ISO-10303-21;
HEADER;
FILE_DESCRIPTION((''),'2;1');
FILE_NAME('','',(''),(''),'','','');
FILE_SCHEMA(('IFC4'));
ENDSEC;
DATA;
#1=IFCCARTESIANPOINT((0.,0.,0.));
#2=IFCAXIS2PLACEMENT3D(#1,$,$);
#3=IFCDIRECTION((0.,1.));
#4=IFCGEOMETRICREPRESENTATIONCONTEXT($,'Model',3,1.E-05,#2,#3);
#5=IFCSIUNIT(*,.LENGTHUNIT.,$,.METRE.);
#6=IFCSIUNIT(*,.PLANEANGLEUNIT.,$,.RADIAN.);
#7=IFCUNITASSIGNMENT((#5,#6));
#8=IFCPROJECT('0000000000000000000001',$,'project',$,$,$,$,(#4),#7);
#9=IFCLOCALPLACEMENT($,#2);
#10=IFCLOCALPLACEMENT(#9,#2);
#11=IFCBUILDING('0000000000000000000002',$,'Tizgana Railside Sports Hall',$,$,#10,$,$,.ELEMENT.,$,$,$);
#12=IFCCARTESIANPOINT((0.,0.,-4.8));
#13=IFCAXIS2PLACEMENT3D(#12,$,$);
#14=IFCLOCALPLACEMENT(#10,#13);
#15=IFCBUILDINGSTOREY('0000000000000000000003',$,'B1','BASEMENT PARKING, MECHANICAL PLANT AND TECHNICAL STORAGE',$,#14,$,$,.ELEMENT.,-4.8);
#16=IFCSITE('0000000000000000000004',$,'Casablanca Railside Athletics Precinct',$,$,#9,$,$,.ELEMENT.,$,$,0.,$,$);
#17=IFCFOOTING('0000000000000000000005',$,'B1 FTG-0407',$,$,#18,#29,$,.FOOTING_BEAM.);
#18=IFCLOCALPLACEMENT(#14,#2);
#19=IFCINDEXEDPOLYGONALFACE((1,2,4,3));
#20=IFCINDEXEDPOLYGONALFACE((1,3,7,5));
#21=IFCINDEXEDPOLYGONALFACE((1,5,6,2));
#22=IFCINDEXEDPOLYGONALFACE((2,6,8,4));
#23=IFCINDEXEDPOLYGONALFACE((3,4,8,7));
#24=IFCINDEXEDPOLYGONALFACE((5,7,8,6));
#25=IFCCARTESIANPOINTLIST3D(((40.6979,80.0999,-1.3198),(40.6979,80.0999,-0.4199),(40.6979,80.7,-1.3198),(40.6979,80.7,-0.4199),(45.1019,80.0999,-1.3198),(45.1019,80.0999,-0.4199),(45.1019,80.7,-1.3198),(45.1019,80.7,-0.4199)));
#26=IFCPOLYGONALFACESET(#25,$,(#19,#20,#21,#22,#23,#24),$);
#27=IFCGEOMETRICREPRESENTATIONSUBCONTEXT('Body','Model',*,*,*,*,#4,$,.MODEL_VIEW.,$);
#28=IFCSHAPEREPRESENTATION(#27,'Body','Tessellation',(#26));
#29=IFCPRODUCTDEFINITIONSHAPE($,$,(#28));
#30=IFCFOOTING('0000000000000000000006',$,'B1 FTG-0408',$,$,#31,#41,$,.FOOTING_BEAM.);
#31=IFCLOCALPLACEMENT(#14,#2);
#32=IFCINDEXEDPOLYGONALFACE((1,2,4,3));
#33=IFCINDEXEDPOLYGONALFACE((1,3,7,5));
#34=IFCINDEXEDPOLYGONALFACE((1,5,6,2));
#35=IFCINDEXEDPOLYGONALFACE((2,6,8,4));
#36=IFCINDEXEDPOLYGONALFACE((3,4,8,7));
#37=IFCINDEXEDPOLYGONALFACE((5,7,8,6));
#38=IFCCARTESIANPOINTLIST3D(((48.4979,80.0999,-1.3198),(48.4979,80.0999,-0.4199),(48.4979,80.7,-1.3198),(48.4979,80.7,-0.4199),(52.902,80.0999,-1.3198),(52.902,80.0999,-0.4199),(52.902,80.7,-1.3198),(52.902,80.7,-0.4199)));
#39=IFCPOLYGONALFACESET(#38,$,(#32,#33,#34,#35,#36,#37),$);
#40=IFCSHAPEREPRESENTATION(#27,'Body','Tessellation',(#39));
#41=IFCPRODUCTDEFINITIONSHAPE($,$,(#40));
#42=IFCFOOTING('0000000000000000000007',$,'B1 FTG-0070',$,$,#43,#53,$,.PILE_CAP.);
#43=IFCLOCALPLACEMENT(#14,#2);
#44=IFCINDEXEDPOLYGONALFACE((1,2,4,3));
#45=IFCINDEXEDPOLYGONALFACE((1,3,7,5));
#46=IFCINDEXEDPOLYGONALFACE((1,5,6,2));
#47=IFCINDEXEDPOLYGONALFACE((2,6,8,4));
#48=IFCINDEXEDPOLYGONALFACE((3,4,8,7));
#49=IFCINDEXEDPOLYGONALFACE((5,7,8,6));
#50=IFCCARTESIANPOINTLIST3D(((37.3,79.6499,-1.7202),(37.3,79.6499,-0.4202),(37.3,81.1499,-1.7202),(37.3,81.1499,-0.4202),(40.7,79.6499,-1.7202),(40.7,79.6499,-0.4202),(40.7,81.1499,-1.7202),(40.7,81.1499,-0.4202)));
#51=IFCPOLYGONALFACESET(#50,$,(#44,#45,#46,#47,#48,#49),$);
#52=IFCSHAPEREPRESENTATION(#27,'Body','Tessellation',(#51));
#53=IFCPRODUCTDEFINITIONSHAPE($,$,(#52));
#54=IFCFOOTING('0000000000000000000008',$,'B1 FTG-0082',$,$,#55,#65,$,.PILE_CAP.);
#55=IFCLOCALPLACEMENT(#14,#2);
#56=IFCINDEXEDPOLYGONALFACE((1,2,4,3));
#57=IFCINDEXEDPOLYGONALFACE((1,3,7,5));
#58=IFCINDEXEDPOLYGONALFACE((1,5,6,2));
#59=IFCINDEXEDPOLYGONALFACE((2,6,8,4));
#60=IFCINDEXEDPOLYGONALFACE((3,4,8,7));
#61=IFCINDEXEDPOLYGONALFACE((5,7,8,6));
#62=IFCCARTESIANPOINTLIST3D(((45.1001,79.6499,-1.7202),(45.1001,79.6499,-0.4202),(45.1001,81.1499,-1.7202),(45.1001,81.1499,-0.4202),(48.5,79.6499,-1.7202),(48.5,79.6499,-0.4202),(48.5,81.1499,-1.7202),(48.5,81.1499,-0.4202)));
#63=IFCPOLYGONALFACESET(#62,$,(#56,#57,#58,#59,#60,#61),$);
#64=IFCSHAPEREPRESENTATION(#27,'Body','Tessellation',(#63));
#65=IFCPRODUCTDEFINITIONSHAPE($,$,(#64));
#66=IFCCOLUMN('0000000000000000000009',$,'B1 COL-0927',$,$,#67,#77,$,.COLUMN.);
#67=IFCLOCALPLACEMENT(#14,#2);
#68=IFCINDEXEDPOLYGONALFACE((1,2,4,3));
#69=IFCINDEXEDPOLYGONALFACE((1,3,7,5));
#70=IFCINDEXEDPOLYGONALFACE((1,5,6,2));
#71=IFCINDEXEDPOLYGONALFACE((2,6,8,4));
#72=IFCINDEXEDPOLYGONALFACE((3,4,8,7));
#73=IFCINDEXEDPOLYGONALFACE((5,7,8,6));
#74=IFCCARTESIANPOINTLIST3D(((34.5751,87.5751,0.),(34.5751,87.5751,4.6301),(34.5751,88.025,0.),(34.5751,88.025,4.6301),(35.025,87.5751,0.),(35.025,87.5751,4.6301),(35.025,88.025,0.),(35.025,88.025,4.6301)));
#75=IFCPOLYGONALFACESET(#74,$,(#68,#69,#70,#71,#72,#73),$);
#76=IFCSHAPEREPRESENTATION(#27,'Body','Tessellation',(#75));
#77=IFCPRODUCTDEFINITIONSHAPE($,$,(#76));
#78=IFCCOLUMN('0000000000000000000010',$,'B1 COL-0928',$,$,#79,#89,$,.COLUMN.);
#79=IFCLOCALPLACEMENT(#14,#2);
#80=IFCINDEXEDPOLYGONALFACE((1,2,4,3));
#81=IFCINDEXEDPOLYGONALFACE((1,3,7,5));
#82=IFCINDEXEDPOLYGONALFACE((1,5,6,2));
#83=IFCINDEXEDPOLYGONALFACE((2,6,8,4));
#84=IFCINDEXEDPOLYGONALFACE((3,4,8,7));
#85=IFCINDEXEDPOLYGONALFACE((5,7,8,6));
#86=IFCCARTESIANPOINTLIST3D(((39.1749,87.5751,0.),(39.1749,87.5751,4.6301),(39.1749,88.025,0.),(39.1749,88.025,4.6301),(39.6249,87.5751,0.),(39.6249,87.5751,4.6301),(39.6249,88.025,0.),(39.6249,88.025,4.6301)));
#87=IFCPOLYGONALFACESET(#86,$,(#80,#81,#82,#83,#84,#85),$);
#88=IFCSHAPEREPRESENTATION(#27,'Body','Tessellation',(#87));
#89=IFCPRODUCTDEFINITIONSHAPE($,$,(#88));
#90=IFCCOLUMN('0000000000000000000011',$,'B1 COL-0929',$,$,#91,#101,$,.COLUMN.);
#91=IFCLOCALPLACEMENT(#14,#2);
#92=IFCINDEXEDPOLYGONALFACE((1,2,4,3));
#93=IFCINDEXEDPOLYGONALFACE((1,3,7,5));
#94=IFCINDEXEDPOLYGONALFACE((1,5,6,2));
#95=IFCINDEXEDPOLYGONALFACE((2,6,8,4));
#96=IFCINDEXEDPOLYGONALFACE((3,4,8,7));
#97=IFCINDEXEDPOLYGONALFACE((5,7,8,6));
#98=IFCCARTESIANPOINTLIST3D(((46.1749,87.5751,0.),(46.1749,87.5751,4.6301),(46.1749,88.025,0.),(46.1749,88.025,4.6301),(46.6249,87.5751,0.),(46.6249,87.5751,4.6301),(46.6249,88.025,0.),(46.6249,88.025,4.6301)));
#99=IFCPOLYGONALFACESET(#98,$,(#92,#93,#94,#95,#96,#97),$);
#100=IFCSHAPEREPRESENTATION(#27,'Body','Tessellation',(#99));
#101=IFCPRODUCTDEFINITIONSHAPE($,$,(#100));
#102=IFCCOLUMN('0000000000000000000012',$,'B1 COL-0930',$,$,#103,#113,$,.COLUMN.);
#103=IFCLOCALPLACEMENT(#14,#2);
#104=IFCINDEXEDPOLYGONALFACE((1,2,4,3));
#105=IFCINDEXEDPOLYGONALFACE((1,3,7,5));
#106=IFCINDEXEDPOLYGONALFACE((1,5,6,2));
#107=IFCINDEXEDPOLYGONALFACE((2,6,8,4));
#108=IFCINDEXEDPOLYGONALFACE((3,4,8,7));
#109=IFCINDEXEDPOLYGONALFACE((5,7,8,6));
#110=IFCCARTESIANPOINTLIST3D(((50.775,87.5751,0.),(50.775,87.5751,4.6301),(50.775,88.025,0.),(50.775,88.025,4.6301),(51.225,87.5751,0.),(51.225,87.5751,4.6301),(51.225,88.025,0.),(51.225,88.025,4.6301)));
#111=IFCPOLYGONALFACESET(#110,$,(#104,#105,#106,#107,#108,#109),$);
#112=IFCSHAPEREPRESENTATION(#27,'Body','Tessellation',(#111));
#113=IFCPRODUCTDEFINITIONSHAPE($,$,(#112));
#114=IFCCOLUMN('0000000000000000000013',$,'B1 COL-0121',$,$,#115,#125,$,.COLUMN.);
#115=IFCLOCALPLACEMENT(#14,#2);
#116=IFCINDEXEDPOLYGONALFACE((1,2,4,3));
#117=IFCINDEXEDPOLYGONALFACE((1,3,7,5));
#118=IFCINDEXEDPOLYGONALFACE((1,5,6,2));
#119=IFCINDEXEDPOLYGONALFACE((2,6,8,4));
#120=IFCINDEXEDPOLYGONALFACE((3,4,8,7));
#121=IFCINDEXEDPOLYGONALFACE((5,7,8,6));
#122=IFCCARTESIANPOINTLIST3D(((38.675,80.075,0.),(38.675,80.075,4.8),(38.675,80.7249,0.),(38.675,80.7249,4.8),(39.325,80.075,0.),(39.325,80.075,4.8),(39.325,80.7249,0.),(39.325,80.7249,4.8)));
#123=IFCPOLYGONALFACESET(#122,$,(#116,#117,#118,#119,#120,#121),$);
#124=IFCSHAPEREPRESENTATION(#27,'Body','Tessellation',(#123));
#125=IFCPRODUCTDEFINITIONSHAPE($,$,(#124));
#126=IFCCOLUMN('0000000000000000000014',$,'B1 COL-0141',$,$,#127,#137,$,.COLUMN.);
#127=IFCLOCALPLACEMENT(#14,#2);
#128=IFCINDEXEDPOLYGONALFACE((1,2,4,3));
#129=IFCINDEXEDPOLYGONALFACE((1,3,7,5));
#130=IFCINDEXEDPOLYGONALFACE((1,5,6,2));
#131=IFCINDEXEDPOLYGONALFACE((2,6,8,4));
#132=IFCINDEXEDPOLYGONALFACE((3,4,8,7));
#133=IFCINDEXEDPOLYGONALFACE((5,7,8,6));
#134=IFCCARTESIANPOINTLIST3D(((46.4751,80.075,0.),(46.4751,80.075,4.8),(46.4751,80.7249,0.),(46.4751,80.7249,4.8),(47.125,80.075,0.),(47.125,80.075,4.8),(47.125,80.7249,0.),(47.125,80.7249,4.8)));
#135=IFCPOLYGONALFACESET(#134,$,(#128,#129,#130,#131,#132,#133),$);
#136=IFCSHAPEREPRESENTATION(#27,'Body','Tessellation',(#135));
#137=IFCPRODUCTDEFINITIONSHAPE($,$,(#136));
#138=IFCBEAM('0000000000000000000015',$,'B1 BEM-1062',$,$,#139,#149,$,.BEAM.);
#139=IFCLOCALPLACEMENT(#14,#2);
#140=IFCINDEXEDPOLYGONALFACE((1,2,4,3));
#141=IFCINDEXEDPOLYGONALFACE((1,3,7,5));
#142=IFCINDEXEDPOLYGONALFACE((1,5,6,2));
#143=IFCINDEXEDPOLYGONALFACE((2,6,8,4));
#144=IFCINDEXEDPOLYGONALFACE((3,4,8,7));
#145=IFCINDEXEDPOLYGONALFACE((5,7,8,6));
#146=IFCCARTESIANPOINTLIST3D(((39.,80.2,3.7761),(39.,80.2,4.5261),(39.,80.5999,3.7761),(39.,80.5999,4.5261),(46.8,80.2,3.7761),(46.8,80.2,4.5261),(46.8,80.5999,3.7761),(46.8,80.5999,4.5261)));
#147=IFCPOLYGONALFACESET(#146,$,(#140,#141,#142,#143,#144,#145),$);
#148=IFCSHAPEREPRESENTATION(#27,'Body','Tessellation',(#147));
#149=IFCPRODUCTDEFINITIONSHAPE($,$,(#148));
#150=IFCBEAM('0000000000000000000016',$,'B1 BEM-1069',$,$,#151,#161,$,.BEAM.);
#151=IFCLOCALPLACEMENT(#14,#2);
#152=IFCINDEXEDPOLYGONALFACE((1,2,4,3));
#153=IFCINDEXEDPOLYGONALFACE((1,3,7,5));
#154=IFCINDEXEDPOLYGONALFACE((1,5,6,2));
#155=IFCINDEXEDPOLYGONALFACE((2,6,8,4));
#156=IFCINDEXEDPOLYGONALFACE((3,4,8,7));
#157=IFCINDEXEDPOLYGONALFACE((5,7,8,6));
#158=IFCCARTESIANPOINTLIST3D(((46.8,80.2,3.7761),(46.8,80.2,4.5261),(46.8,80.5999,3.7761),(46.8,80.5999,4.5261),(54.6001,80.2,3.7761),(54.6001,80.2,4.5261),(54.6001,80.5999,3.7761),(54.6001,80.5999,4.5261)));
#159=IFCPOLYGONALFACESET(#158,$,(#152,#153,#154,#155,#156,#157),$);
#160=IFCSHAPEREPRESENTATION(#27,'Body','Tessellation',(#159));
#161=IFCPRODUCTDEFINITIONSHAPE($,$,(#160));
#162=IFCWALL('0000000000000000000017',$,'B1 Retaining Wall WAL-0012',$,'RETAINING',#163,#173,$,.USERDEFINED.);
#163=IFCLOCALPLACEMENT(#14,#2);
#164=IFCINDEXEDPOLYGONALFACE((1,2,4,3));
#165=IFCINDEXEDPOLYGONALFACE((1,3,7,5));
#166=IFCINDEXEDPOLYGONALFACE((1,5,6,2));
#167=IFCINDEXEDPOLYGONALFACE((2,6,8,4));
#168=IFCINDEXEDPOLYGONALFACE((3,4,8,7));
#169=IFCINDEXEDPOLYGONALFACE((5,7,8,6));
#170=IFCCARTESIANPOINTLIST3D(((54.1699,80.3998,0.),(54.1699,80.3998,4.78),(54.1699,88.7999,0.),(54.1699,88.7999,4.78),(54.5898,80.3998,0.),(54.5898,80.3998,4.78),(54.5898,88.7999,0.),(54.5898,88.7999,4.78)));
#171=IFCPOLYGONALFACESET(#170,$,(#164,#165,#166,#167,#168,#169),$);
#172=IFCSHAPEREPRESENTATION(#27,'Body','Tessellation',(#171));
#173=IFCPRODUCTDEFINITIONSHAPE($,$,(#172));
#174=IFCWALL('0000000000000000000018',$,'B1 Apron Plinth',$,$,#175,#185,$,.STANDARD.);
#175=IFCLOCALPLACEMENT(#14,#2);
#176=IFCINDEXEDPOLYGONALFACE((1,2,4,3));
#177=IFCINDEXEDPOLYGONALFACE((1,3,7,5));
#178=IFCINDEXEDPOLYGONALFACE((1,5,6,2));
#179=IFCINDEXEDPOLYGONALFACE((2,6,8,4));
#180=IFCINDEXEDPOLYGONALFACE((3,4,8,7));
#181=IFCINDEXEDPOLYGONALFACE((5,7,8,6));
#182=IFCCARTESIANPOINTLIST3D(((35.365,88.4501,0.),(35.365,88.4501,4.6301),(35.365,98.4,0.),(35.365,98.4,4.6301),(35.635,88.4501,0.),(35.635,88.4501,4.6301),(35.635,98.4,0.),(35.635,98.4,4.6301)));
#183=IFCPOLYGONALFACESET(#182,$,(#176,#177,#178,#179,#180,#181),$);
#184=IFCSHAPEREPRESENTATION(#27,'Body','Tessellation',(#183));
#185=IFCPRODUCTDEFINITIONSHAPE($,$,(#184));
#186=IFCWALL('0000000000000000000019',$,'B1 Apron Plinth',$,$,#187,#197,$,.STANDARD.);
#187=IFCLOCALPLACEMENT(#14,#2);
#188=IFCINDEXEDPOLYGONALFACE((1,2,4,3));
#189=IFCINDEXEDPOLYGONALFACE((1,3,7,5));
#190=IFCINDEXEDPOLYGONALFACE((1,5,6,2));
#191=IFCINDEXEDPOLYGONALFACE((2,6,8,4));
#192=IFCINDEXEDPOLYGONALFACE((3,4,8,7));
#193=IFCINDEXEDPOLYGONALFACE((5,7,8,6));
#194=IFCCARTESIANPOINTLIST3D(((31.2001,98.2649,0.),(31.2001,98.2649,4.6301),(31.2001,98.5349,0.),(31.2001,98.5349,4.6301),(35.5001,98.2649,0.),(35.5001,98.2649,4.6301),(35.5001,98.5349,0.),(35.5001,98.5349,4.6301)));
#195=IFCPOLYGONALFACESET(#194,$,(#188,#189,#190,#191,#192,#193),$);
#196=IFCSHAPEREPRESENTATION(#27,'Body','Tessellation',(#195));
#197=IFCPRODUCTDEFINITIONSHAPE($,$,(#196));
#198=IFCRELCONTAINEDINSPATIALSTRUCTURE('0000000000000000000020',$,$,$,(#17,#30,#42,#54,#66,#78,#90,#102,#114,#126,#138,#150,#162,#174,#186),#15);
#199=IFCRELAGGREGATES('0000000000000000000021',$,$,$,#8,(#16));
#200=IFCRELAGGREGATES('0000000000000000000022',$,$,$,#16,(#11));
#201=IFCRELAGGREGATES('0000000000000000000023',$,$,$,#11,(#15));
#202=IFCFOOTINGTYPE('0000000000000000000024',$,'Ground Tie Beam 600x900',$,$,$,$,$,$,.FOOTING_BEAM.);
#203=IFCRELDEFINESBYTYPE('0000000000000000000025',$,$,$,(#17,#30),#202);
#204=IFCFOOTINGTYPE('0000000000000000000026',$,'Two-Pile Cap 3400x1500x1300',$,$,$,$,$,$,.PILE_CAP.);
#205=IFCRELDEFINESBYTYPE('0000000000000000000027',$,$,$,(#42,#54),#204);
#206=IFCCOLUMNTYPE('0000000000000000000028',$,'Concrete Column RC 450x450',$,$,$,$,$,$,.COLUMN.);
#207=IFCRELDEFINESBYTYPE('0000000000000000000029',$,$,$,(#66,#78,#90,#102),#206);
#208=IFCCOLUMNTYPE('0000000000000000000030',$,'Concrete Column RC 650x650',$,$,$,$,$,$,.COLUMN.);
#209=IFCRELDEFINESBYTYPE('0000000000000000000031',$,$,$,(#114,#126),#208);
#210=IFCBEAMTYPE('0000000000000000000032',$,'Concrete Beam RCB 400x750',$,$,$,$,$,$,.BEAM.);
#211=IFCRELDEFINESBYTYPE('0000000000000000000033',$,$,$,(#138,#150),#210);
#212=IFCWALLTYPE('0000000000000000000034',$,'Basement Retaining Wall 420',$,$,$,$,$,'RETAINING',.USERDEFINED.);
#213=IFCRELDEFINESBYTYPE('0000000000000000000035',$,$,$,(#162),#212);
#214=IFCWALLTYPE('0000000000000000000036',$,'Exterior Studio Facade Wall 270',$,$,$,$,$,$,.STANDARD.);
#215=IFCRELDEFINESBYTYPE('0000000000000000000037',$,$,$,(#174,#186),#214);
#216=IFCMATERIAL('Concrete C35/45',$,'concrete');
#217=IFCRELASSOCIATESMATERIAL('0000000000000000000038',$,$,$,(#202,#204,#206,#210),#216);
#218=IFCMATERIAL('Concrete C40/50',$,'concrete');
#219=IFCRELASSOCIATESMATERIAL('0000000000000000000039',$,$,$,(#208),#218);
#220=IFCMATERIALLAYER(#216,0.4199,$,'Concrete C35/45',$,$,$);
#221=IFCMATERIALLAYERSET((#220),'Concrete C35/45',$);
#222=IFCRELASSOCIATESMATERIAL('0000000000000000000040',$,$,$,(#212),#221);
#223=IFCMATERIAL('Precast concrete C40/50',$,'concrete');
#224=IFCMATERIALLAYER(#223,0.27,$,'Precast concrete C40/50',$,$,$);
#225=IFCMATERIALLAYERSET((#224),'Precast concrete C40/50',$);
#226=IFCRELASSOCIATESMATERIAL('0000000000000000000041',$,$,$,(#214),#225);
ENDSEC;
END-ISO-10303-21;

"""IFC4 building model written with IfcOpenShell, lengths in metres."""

from ifc_helpers import new_model, si_unit, direction, frame, frame_2d, origin, origin_2d, place, context, subcontext, project, spatial, rectangle, extrude, material, layer, layer_set, material_profile, profile_set, type_object, element, save


model = new_model("IFC4")

# Units and contexts
model_context = context("Model", 3, precision=1e-05, world=origin(), true_north=direction((0.0, 1.0)))
body_context = subcontext(model_context, "Body", "Model", "MODEL_VIEW")
ifc_project = project(units=[si_unit("LENGTHUNIT", "METRE"), si_unit("PLANEANGLEUNIT", "RADIAN")], contexts=[model_context])

# Site, building, storey
site_placement = place(None, origin())
site = spatial("IfcSite", under=ifc_project, at=site_placement, Name="Casablanca Railside Athletics Precinct", CompositionType="ELEMENT", RefElevation=0.0)
building_placement = place(site_placement, origin())
building = spatial("IfcBuilding", under=site, at=building_placement, Name="Tizgana Railside Sports Hall", CompositionType="ELEMENT")
storey_placement = place(building_placement, frame((0.0, 0.0, -4.8)))
storey = spatial("IfcBuildingStorey", under=building, at=storey_placement, Name="B1", Description="BASEMENT PARKING, MECHANICAL PLANT AND TECHNICAL STORAGE", CompositionType="ELEMENT", Elevation=-4.8)

# Shared definitions
ifc_material_1 = material(Name="Concrete C35/45", Category="concrete")

# Footings
footing_type_1 = type_object("IfcFootingType", Name="Ground Tie Beam 600x900", PredefinedType="FOOTING_BEAM", material=ifc_material_1)
for number, where, z_axis, x_axis, name in (
    (1, (42.8999, 80.3999, -1.3198), (0.0, 0.0, 1.0), (1.0, 0.0, 0.0), "B1 FTG-0407"),
    (2, (50.7, 80.3999, -1.3198), (0.0, 0.0, 1.0), (1.0, 0.0, 0.0), "B1 FTG-0408"),
):
    element("IfcFooting", number, at=place(storey_placement, frame(where, z_axis=z_axis, x_axis=x_axis)), inside=storey, type_object=footing_type_1, Name=name, PredefinedType="FOOTING_BEAM", context=body_context, shape_type="SweptSolid", body=[
        extrude(rectangle(XDim=4.4041, YDim=0.6001, at=origin_2d()), origin(), (0.0, 0.0, 1.0), 0.8999),
    ])
footing_type_2 = type_object("IfcFootingType", Name="Two-Pile Cap 3400x1500x1300", PredefinedType="PILE_CAP", material=ifc_material_1)
for number, where, z_axis, x_axis, name in (
    (3, (39.0, 80.3999, -1.7202), (0.0, 0.0, 1.0), (1.0, 0.0, 0.0), "B1 FTG-0070"),
    (4, (46.8, 80.3999, -1.7202), (0.0, 0.0, 1.0), (1.0, 0.0, 0.0), "B1 FTG-0082"),
):
    element("IfcFooting", number, at=place(storey_placement, frame(where, z_axis=z_axis, x_axis=x_axis)), inside=storey, type_object=footing_type_2, Name=name, PredefinedType="PILE_CAP", context=body_context, shape_type="SweptSolid", body=[
        extrude(rectangle(XDim=3.3999, YDim=1.5, at=origin_2d()), origin(), (0.0, 0.0, 1.0), 1.3),
    ])

# Columns
ifc_material_profile_1 = material_profile(ifc_material_1, rectangle(XDim=0.45, YDim=0.45, at=origin_2d()), Name="RC 450x450")
ifc_profile_set_1 = profile_set([ifc_material_profile_1], Name="Concrete C35/45")
column_type_1 = type_object("IfcColumnType", Name="Concrete Column RC 450x450", PredefinedType="COLUMN", material=ifc_profile_set_1)
for number, where, z_axis, x_axis, name in (
    (5, (34.8, 87.8, 0.0), (0.0, 0.0, 1.0), (1.0, 0.0, 0.0), "B1 COL-0927"),
    (6, (39.3999, 87.8, 0.0), (0.0, 0.0, 1.0), (1.0, 0.0, 0.0), "B1 COL-0928"),
    (7, (46.3999, 87.8, 0.0), (0.0, 0.0, 1.0), (1.0, 0.0, 0.0), "B1 COL-0929"),
    (8, (51.0, 87.8, 0.0), (0.0, 0.0, 1.0), (1.0, 0.0, 0.0), "B1 COL-0930"),
):
    element("IfcColumn", number, at=place(storey_placement, frame(where, z_axis=z_axis, x_axis=x_axis)), inside=storey, type_object=column_type_1, Name=name, PredefinedType="COLUMN", context=body_context, shape_type="SweptSolid", body=[
        extrude(rectangle(XDim=0.45, YDim=0.45, at=origin_2d()), origin(), (0.0, 0.0, 1.0), 4.6301),
    ])
ifc_material_2 = material(Name="Concrete C40/50", Category="concrete")
ifc_material_profile_2 = material_profile(ifc_material_2, rectangle(XDim=0.6499, YDim=0.6499, at=origin_2d()), Name="RC 650x650")
ifc_profile_set_2 = profile_set([ifc_material_profile_2], Name="Concrete C40/50")
column_type_2 = type_object("IfcColumnType", Name="Concrete Column RC 650x650", PredefinedType="COLUMN", material=ifc_profile_set_2)
for number, where, z_axis, x_axis, name in (
    (9, (39.0, 80.3999, 0.0), (0.0, 0.0, 1.0), (1.0, 0.0, 0.0), "B1 COL-0121"),
    (10, (46.8, 80.3999, 0.0), (0.0, 0.0, 1.0), (1.0, 0.0, 0.0), "B1 COL-0141"),
):
    element("IfcColumn", number, at=place(storey_placement, frame(where, z_axis=z_axis, x_axis=x_axis)), inside=storey, type_object=column_type_2, Name=name, PredefinedType="COLUMN", context=body_context, shape_type="SweptSolid", body=[
        extrude(rectangle(XDim=0.6499, YDim=0.6499, at=origin_2d()), origin(), (0.0, 0.0, 1.0), 4.8),
    ])

# Beams
ifc_material_profile_3 = material_profile(ifc_material_1, rectangle(XDim=0.3999, YDim=0.75, at=origin_2d()), Name="RCB 400x750")
ifc_profile_set_3 = profile_set([ifc_material_profile_3], Name="Concrete C35/45")
beam_type = type_object("IfcBeamType", Name="Concrete Beam RCB 400x750", PredefinedType="BEAM", material=ifc_profile_set_3)
for number, where, z_axis, x_axis, name in (
    (11, (39.0, 80.3999, 4.1511), (1.0, 0.0, 0.0), (0.0, 1.0, 0.0), "B1 BEM-1062"),
    (12, (46.8, 80.3999, 4.1511), (1.0, 0.0, 0.0), (0.0, 1.0, 0.0), "B1 BEM-1069"),
):
    element("IfcBeam", number, at=place(storey_placement, frame(where, z_axis=z_axis, x_axis=x_axis)), inside=storey, type_object=beam_type, Name=name, PredefinedType="BEAM", context=body_context, shape_type="SweptSolid", body=[
        extrude(rectangle(XDim=0.3999, YDim=0.75, at=origin_2d()), origin(), (0.0, 0.0, 1.0), 7.8),
    ])

# Walls
ifc_layer_1 = layer(ifc_material_1, 0.4199, Name="Concrete C35/45")
ifc_layer_set_1 = layer_set([ifc_layer_1], Name="Concrete C35/45")
wall_type_1 = type_object("IfcWallType", Name="Basement Retaining Wall 420", ElementType="RETAINING", PredefinedType="USERDEFINED", material=ifc_layer_set_1)
wall_1_placement = place(storey_placement, frame((54.3799, 88.8, 0.0), z_axis=(0.0, 0.0, 1.0), x_axis=(0.0, -1.0, 0.0)))
element("IfcWall", 13, at=wall_1_placement, inside=storey, type_object=wall_type_1, Name="B1 Retaining Wall WAL-0012", ObjectType="RETAINING", PredefinedType="USERDEFINED", context=body_context, shape_type="SweptSolid", body=[
    extrude(rectangle(XDim=8.4001, YDim=0.4199, at=frame_2d((4.2002, 0.0))), origin(), (0.0, 0.0, 1.0), 4.78),
])
ifc_material_3 = material(Name="Precast concrete C40/50", Category="concrete")
ifc_layer_2 = layer(ifc_material_3, 0.27, Name="Precast concrete C40/50")
ifc_layer_set_2 = layer_set([ifc_layer_2], Name="Precast concrete C40/50")
wall_type_2 = type_object("IfcWallType", Name="Exterior Studio Facade Wall 270", PredefinedType="STANDARD", material=ifc_layer_set_2)
wall_2_placement = place(storey_placement, frame((35.5, 88.45, 0.0), z_axis=(0.0, 0.0, 1.0), x_axis=(0.0, 1.0, 0.0)))
element("IfcWall", 14, at=wall_2_placement, inside=storey, type_object=wall_type_2, Name="B1 Apron Plinth", PredefinedType="STANDARD", context=body_context, shape_type="SweptSolid", body=[
    extrude(rectangle(XDim=9.95, YDim=0.27, at=frame_2d((4.9751, 0.0))), origin(), (0.0, 0.0, 1.0), 4.6301),
])
wall_3_placement = place(storey_placement, frame((35.5, 98.3999, 0.0), z_axis=(0.0, 0.0, 1.0), x_axis=(-1.0, 0.0, 0.0)))
element("IfcWall", 15, at=wall_3_placement, inside=storey, type_object=wall_type_2, Name="B1 Apron Plinth", PredefinedType="STANDARD", context=body_context, shape_type="SweptSolid", body=[
    extrude(rectangle(XDim=4.3, YDim=0.27, at=frame_2d((2.1499, 0.0))), origin(), (0.0, 0.0, 1.0), 4.6301),
])

save(model, "model.ifc")
